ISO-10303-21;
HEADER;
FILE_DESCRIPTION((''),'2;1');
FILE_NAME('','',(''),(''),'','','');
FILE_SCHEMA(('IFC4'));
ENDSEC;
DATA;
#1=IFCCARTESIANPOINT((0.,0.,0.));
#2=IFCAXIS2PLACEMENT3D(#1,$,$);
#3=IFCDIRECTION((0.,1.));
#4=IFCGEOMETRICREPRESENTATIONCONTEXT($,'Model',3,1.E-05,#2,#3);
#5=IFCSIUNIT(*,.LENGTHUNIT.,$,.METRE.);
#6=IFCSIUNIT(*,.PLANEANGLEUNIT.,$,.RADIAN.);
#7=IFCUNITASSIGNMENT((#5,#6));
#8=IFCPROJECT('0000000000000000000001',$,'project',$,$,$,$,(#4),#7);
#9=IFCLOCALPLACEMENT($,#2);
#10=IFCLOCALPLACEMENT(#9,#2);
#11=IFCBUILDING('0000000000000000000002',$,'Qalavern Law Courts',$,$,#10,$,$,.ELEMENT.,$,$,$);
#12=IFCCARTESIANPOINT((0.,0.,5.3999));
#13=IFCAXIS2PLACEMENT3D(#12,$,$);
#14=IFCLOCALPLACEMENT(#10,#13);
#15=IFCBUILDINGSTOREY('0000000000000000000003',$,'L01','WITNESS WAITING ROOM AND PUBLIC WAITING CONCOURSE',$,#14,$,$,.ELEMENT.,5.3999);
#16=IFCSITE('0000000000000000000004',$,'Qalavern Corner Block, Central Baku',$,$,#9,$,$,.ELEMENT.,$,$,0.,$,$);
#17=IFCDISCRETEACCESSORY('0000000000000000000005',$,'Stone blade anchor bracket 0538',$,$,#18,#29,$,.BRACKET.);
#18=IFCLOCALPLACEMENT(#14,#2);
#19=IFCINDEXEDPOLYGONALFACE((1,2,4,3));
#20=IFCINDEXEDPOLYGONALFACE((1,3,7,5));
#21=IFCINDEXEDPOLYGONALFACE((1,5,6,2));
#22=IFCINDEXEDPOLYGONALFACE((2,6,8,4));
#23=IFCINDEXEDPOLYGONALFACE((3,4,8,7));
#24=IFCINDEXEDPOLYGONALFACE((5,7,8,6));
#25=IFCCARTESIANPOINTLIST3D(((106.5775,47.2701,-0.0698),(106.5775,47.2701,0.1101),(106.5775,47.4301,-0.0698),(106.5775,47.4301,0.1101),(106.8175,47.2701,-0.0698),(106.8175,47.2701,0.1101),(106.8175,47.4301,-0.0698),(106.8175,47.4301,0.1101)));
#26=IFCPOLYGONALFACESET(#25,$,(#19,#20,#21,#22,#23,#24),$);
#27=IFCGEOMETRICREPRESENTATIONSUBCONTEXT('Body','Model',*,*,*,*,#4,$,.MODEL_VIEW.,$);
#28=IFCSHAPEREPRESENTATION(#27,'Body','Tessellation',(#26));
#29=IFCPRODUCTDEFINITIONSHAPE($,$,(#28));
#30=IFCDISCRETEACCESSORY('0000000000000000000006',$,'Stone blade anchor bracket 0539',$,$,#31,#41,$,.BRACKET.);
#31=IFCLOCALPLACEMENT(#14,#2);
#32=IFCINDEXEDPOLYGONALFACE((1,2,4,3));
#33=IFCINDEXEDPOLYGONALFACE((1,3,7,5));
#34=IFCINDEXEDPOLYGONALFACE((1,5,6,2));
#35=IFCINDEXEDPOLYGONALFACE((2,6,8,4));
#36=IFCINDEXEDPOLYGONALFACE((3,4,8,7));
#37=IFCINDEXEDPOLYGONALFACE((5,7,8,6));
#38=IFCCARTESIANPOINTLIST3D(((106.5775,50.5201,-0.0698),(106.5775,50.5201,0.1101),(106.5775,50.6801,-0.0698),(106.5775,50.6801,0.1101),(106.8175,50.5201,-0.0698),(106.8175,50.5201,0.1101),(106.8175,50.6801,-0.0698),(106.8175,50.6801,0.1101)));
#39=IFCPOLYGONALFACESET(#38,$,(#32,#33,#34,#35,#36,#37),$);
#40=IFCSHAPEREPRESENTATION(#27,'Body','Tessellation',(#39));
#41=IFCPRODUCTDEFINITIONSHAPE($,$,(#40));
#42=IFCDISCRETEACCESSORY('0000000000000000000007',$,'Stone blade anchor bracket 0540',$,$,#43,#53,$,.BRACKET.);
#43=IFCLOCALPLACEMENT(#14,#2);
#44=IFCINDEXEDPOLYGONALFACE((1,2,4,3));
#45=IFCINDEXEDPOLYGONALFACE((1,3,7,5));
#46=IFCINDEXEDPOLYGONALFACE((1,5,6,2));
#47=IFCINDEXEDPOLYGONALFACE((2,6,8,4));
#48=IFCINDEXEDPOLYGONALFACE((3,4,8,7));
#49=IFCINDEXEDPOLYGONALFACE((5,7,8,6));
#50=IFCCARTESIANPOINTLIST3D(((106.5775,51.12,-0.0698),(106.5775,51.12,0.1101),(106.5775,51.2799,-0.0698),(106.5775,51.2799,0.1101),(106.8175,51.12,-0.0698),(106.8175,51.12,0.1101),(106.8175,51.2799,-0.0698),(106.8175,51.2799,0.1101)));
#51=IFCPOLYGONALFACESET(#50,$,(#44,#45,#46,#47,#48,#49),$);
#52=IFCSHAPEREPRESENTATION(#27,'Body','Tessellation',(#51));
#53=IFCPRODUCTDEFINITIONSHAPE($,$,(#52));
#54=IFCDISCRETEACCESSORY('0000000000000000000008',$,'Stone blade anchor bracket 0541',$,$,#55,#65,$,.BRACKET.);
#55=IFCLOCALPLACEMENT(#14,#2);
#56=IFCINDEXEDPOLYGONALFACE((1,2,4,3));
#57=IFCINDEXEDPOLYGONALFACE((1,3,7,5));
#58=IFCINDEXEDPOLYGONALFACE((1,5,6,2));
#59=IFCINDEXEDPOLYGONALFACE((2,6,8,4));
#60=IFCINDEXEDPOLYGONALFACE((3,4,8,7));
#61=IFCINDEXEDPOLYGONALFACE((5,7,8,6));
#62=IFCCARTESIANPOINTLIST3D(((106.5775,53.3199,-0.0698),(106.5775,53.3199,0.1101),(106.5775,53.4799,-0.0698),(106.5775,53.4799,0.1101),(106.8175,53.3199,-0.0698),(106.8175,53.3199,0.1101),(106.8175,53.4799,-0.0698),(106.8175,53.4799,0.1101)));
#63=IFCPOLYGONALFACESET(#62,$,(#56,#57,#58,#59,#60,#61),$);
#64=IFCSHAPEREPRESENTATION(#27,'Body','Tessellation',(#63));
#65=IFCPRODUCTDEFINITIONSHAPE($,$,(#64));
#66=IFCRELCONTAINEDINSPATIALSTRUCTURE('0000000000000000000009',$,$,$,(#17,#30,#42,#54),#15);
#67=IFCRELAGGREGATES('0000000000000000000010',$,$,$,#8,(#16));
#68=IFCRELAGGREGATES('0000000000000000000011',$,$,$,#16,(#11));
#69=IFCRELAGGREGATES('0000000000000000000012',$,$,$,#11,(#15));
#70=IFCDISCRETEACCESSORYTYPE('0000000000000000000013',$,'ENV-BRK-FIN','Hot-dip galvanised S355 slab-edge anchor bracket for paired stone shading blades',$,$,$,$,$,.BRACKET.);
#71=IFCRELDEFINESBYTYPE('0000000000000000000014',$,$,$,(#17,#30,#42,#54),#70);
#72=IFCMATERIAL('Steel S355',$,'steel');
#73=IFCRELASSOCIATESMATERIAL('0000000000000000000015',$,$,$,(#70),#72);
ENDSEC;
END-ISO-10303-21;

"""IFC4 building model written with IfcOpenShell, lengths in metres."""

from ifc_helpers import new_model, si_unit, direction, frame, origin, origin_2d, place, context, subcontext, project, spatial, rectangle, extrude, material, type_object, element, save


model = new_model("IFC4")

# Units and contexts
model_context = context("Model", 3, precision=1e-05, world=origin(), true_north=direction((0.0, 1.0)))
body_context = subcontext(model_context, "Body", "Model", "MODEL_VIEW")
ifc_project = project(units=[si_unit("LENGTHUNIT", "METRE"), si_unit("PLANEANGLEUNIT", "RADIAN")], contexts=[model_context])

# Site, building, storey
site_placement = place(None, origin())
site = spatial("IfcSite", under=ifc_project, at=site_placement, Name="Qalavern Corner Block, Central Baku", CompositionType="ELEMENT", RefElevation=0.0)
building_placement = place(site_placement, origin())
building = spatial("IfcBuilding", under=site, at=building_placement, Name="Qalavern Law Courts", CompositionType="ELEMENT")
storey_placement = place(building_placement, frame((0.0, 0.0, 5.3999)))
storey = spatial("IfcBuildingStorey", under=building, at=storey_placement, Name="L01", Description="WITNESS WAITING ROOM AND PUBLIC WAITING CONCOURSE", CompositionType="ELEMENT", Elevation=5.3999)

# Discrete accessories
ifc_material_1 = material(Name="Steel S355", Category="steel")
discrete_accessory_type = type_object("IfcDiscreteAccessoryType", Name="ENV-BRK-FIN", Description="Hot-dip galvanised S355 slab-edge anchor bracket for paired stone shading blades", PredefinedType="BRACKET", material=ifc_material_1)
for number, where, z_axis, x_axis, name in (
    (1, (106.6975, 47.3501, -0.0698), (0.0, 0.0, 1.0), (1.0, 0.0, 0.0), "Stone blade anchor bracket 0538"),
    (2, (106.6975, 50.6001, -0.0698), (0.0, 0.0, 1.0), (1.0, 0.0, 0.0), "Stone blade anchor bracket 0539"),
    (3, (106.6975, 51.2, -0.0698), (0.0, 0.0, 1.0), (1.0, 0.0, 0.0), "Stone blade anchor bracket 0540"),
    (4, (106.6975, 53.3999, -0.0698), (0.0, 0.0, 1.0), (1.0, 0.0, 0.0), "Stone blade anchor bracket 0541"),
):
    element("IfcDiscreteAccessory", number, at=place(storey_placement, frame(where, z_axis=z_axis, x_axis=x_axis)), inside=storey, type_object=discrete_accessory_type, Name=name, PredefinedType="BRACKET", context=body_context, shape_type="SweptSolid", body=[
        extrude(rectangle(XDim=0.24, YDim=0.1599, at=origin_2d()), origin(), (0.0, 0.0, 1.0), 0.1799),
    ])

save(model, "model.ifc")
